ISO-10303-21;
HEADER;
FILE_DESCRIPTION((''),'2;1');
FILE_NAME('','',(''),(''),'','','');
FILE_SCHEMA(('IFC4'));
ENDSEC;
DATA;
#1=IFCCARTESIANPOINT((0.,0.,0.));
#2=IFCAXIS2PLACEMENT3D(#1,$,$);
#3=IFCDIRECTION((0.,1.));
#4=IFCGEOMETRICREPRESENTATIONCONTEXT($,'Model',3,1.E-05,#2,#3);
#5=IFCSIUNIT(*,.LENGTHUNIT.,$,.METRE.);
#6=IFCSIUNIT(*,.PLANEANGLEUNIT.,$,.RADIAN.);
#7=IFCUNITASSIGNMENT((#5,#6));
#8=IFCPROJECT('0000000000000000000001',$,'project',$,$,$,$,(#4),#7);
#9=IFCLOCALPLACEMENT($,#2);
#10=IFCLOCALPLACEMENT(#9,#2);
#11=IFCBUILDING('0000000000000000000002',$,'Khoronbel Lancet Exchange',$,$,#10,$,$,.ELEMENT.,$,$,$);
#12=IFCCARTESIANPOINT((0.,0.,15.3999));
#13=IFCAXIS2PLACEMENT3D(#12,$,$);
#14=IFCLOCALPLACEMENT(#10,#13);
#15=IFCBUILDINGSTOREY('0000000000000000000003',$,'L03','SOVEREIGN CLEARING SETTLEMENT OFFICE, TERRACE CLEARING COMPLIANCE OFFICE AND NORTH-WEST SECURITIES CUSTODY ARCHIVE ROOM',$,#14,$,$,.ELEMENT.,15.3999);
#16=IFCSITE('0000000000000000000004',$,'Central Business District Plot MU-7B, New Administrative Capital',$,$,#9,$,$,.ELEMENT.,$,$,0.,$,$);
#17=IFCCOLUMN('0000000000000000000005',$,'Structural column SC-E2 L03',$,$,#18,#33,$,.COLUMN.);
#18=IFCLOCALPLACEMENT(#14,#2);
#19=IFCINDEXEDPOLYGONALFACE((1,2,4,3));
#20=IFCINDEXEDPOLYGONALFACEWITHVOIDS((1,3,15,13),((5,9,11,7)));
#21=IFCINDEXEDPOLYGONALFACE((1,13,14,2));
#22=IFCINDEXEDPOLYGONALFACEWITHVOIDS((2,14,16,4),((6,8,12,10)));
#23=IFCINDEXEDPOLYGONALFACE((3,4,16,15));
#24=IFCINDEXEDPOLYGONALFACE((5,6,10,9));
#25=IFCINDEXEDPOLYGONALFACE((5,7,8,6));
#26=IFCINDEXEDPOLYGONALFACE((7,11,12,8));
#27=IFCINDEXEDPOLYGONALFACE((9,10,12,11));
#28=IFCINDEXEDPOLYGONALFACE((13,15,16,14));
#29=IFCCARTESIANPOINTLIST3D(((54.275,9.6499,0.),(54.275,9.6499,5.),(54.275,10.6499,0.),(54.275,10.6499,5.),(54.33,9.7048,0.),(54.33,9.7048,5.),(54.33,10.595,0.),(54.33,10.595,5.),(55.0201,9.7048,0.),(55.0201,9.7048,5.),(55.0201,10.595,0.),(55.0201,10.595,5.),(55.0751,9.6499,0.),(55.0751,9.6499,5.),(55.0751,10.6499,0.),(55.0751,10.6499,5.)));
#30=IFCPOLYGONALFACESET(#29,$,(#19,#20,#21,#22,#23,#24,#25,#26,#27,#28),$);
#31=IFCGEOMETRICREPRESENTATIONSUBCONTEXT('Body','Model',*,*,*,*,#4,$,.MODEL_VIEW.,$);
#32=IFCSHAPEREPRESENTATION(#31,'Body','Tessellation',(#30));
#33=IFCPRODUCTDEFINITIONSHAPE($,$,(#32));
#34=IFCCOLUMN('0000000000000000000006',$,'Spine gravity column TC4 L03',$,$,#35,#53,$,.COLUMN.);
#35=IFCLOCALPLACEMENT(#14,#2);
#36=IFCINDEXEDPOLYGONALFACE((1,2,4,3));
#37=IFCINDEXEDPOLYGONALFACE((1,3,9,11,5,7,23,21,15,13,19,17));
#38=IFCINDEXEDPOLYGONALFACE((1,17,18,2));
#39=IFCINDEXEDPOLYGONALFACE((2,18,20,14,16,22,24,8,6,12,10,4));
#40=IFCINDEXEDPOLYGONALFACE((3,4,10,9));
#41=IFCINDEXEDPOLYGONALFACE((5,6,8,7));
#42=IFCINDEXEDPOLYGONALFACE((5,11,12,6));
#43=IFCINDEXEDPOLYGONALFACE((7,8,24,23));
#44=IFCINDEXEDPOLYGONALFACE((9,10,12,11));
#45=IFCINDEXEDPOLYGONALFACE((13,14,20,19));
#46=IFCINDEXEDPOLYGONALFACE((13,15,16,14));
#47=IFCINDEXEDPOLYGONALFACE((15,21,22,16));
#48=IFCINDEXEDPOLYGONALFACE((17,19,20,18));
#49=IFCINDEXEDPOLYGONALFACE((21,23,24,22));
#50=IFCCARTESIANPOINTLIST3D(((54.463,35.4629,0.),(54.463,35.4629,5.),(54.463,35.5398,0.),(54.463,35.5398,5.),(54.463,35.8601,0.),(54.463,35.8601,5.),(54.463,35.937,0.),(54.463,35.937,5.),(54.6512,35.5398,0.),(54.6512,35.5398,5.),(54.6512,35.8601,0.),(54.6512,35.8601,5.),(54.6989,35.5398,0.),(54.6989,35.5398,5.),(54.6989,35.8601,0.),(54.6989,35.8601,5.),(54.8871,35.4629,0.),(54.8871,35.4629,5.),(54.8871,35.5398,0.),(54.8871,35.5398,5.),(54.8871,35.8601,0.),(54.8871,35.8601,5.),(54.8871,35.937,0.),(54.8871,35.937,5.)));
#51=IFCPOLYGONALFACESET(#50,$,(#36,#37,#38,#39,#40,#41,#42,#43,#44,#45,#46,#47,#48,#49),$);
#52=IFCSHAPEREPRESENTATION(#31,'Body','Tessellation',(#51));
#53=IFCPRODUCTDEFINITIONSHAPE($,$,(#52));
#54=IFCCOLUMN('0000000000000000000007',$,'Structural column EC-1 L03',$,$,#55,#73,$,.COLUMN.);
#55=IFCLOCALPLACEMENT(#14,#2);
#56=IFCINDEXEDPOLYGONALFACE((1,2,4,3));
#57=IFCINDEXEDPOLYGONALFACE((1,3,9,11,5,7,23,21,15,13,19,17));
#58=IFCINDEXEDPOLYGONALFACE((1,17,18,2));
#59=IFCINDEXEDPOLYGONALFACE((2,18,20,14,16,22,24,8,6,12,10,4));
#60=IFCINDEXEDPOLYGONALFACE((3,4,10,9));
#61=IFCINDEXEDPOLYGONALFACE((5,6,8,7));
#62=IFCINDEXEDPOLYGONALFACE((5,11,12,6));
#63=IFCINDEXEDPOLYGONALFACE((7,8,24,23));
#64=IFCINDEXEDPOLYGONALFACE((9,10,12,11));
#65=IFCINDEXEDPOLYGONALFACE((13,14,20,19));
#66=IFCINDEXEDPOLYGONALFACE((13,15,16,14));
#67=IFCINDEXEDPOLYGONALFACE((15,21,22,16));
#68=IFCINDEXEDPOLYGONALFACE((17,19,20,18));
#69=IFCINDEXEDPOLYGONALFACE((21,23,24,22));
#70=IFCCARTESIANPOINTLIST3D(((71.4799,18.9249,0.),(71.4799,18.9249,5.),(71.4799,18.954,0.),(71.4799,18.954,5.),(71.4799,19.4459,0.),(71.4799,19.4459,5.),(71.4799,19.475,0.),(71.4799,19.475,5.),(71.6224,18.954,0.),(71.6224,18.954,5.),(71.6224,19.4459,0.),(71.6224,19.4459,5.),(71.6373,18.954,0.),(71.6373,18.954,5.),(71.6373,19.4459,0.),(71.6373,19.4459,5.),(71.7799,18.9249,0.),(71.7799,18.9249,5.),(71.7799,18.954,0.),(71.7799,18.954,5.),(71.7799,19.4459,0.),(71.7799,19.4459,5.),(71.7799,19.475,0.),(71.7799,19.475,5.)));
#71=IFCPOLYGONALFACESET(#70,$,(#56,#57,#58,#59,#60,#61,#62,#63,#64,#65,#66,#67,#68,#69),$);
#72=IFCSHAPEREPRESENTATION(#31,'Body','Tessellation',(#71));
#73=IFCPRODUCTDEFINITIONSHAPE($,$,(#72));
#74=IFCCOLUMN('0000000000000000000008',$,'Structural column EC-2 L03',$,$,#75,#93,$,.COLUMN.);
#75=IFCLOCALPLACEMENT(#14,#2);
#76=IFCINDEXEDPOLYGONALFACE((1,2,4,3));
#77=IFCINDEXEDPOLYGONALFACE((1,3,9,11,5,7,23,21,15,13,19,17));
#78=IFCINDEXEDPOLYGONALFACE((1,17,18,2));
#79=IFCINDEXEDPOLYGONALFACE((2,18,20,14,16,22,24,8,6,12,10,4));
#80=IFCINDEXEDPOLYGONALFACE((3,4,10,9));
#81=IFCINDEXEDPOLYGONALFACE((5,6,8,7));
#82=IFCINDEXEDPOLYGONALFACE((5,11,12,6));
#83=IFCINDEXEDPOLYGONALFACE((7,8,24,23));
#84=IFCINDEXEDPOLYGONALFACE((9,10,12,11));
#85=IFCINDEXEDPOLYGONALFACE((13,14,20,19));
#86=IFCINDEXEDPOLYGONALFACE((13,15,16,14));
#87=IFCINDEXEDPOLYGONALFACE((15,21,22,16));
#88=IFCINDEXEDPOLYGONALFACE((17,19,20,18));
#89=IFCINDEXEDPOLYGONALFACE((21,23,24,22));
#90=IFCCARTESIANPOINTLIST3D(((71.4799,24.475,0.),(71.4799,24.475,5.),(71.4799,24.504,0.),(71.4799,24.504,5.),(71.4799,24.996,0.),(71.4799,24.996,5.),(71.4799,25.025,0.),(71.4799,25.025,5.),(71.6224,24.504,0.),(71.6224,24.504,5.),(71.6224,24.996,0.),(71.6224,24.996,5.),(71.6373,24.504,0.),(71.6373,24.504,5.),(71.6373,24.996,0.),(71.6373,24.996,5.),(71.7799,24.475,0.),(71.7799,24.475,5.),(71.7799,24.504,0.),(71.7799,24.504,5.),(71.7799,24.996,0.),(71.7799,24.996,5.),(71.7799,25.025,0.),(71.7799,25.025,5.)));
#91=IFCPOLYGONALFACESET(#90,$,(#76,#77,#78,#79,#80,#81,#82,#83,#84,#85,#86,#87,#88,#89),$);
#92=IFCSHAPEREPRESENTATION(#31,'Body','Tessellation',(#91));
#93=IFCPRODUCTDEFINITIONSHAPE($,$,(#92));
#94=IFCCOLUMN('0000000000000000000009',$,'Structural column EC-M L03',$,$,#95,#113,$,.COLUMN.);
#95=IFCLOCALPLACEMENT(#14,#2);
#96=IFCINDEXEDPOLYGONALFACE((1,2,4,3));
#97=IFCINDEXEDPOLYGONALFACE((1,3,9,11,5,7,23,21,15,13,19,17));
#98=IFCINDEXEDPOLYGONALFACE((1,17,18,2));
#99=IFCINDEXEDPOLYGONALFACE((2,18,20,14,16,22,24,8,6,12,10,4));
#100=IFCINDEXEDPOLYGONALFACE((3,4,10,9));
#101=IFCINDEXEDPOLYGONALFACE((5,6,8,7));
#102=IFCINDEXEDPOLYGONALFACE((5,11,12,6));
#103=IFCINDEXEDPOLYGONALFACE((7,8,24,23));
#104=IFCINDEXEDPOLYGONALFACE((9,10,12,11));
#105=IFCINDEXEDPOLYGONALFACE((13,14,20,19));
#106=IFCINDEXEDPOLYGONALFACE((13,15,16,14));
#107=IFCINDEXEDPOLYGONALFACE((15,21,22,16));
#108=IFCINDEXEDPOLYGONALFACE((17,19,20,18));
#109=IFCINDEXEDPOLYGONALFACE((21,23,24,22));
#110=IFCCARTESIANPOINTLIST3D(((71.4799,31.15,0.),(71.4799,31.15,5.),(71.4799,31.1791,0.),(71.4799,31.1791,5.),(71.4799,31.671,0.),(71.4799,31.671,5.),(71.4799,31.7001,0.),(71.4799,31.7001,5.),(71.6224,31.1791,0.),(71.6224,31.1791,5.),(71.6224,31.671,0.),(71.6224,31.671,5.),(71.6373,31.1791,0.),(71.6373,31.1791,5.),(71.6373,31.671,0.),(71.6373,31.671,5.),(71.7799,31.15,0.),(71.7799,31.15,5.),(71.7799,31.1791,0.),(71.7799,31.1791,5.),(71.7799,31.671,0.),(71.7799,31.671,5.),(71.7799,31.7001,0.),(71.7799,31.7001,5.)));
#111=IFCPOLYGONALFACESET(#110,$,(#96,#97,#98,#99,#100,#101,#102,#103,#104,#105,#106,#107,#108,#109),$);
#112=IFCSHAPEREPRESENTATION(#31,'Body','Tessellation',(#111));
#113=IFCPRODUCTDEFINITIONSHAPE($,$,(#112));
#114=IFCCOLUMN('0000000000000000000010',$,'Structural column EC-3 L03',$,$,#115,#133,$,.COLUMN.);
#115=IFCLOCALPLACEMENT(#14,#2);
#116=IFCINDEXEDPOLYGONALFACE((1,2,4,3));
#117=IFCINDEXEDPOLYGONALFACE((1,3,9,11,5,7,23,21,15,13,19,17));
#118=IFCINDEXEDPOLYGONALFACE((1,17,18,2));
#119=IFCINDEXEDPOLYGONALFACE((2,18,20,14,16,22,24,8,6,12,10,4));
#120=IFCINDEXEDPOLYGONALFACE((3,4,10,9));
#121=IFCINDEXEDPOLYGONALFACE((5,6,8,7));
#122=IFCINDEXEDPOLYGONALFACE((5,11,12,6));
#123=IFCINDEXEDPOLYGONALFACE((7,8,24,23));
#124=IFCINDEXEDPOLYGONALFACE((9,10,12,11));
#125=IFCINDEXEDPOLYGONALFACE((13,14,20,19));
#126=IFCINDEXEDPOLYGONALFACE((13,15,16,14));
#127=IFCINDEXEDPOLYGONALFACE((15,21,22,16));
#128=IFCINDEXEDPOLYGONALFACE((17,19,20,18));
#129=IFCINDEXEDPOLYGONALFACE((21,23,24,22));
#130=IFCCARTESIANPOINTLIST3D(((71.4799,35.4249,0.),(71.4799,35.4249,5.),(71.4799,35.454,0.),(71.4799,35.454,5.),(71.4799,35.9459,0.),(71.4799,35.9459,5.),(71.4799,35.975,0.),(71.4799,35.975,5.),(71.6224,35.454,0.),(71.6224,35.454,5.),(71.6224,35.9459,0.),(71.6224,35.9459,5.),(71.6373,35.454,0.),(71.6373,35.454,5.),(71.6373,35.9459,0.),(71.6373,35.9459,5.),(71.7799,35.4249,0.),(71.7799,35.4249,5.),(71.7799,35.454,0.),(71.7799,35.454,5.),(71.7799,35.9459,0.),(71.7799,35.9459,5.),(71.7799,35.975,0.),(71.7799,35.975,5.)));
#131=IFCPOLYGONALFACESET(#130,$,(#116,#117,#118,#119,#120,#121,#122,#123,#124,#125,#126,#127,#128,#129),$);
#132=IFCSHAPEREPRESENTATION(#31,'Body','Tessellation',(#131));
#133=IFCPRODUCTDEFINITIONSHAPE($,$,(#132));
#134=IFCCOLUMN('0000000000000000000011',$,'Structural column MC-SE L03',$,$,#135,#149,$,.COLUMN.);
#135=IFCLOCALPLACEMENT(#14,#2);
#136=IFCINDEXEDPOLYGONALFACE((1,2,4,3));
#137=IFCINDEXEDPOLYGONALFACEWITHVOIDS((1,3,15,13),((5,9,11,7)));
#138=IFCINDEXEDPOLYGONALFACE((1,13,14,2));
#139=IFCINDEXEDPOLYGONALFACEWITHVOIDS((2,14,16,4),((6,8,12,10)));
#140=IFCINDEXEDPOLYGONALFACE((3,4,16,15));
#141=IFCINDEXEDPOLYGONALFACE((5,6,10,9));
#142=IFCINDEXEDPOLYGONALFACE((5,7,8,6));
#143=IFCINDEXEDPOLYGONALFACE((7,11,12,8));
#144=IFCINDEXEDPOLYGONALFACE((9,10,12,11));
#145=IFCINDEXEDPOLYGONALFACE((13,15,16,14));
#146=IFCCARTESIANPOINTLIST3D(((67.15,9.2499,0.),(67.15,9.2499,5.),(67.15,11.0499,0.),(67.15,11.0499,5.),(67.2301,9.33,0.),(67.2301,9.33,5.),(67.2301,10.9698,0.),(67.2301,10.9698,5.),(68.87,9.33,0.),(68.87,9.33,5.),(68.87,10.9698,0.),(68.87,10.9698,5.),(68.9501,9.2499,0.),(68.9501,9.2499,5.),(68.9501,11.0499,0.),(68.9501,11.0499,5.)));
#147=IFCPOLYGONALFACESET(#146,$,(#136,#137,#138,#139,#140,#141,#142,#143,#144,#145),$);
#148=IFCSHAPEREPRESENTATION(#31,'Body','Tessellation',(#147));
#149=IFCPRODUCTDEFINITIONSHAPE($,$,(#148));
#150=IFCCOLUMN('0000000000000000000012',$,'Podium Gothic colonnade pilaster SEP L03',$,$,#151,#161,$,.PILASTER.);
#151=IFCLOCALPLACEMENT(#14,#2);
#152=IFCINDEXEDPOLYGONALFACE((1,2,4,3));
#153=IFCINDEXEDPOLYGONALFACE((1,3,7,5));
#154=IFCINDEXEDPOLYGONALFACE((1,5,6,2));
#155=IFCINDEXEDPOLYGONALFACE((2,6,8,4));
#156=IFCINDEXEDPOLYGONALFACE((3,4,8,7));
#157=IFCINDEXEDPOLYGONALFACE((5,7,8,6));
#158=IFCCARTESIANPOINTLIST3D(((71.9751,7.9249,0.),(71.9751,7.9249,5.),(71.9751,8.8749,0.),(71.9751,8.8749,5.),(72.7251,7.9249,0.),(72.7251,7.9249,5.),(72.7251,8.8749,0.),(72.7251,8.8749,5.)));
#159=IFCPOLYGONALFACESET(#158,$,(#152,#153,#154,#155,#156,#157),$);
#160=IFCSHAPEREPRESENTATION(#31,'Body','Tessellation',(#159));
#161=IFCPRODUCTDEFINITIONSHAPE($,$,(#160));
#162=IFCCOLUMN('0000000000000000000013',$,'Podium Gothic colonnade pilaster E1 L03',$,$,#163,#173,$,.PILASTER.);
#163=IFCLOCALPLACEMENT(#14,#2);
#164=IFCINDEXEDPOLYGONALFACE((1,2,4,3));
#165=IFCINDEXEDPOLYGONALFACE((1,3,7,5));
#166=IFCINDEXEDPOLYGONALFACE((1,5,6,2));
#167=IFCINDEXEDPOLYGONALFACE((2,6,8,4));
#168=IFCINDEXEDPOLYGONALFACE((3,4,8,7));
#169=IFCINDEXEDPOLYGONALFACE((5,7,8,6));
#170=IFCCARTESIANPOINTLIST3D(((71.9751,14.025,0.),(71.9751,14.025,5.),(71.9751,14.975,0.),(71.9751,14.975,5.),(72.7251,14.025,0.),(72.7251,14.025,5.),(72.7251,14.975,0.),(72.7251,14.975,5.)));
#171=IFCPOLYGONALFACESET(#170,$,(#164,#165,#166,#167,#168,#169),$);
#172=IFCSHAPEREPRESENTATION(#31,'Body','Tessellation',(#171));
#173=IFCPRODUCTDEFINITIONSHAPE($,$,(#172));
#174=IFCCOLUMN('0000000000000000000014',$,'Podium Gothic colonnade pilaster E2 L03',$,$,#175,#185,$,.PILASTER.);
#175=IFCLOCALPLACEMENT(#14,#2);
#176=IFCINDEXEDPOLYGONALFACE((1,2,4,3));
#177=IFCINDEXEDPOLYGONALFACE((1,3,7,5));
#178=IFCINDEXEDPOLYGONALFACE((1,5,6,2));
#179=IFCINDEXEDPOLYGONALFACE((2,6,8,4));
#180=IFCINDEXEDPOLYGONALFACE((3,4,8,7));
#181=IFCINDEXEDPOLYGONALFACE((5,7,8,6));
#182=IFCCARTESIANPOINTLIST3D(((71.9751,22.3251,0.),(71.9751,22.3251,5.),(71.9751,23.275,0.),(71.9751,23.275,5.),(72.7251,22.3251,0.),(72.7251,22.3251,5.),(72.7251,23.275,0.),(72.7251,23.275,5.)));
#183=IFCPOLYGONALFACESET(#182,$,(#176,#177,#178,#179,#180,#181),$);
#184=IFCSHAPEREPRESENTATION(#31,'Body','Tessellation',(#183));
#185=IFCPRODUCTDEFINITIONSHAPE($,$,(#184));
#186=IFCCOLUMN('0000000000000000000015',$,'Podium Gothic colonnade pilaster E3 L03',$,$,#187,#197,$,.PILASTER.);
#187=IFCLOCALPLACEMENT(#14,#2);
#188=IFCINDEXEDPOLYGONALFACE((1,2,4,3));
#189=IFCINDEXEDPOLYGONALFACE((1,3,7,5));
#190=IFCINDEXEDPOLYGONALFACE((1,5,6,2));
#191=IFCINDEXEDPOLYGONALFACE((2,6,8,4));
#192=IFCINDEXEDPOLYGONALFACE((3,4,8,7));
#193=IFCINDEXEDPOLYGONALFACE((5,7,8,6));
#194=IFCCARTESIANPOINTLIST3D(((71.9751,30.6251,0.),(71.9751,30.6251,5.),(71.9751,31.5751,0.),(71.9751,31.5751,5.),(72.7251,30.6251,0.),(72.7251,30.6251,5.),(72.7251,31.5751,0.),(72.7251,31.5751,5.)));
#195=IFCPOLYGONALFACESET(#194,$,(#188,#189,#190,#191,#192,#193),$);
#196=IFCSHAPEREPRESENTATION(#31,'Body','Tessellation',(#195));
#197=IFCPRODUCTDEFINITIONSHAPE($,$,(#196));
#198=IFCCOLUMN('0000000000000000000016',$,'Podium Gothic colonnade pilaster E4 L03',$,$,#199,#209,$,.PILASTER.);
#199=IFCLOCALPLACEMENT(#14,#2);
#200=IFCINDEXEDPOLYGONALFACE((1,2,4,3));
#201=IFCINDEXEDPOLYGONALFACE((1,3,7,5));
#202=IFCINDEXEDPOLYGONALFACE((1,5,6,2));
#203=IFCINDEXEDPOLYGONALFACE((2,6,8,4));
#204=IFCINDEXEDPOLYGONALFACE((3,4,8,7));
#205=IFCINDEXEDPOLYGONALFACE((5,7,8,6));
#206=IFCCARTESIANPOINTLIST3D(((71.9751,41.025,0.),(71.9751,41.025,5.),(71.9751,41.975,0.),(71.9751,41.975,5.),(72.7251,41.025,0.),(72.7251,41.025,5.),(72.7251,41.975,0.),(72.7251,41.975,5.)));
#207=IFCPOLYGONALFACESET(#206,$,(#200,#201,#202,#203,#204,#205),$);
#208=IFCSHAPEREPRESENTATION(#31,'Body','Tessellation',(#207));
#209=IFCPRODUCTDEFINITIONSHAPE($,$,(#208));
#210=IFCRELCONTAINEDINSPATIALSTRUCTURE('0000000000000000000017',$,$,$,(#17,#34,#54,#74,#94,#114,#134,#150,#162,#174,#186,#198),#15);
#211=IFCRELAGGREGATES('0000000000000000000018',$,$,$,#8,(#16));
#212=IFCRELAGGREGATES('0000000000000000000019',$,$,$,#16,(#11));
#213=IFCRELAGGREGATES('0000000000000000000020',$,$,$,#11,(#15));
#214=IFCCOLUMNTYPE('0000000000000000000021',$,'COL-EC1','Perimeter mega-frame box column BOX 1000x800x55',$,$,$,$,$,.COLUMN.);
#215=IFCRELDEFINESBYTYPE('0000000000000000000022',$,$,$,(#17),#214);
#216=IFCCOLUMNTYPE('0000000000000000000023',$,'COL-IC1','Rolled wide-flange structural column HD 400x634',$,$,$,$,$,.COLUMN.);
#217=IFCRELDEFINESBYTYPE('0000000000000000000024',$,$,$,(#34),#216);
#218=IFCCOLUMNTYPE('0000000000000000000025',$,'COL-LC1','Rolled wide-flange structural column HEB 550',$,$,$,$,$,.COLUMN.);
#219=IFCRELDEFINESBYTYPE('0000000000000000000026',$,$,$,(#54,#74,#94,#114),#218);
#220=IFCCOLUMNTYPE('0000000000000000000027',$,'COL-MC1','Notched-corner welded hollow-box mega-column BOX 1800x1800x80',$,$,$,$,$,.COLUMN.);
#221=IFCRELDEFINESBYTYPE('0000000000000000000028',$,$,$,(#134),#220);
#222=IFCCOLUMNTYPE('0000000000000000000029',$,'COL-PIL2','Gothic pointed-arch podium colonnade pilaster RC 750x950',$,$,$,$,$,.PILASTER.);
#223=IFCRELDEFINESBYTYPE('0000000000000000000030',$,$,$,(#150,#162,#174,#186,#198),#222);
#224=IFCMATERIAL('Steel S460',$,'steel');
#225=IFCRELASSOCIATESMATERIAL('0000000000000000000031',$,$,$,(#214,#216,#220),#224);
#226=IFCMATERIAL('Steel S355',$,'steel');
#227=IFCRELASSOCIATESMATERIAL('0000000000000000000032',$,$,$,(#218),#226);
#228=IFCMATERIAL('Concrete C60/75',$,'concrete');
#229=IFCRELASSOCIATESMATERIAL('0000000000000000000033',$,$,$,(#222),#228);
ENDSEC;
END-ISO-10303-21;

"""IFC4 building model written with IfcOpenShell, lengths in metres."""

from ifc_helpers import new_model, si_unit, direction, frame, origin, origin_2d, place, context, subcontext, project, spatial, rectangle, hollow_rectangle, i_section, extrude, material, material_profile, profile_set, type_object, element, save


model = new_model("IFC4")

# Units and contexts
model_context = context("Model", 3, precision=1e-05, world=origin(), true_north=direction((0.0, 1.0)))
body_context = subcontext(model_context, "Body", "Model", "MODEL_VIEW")
ifc_project = project(units=[si_unit("LENGTHUNIT", "METRE"), si_unit("PLANEANGLEUNIT", "RADIAN")], contexts=[model_context])

# Site, building, storey
site_placement = place(None, origin())
site = spatial("IfcSite", under=ifc_project, at=site_placement, Name="Central Business District Plot MU-7B, New Administrative Capital", CompositionType="ELEMENT", RefElevation=0.0)
building_placement = place(site_placement, origin())
building = spatial("IfcBuilding", under=site, at=building_placement, Name="Khoronbel Lancet Exchange", CompositionType="ELEMENT")
storey_placement = place(building_placement, frame((0.0, 0.0, 15.3999)))
storey = spatial("IfcBuildingStorey", under=building, at=storey_placement, Name="L03", Description="SOVEREIGN CLEARING SETTLEMENT OFFICE, TERRACE CLEARING COMPLIANCE OFFICE AND NORTH-WEST SECURITIES CUSTODY ARCHIVE ROOM", CompositionType="ELEMENT", Elevation=15.3999)

# Columns
ifc_material_1 = material(Name="Steel S460", Category="steel")
ifc_material_profile_1 = material_profile(ifc_material_1, hollow_rectangle(XDim=0.8, YDim=1.0, WallThickness=0.0549, at=origin_2d()), Name="BOX 1000x800x55")
ifc_profile_set_1 = profile_set([ifc_material_profile_1], Name="Steel S460")
column_type_1 = type_object("IfcColumnType", Name="COL-EC1", Description="Perimeter mega-frame box column BOX 1000x800x55", PredefinedType="COLUMN", material=ifc_profile_set_1)
column_1_placement = place(storey_placement, frame((54.675, 10.1499, 0.0), z_axis=(0.0, 0.0, 1.0), x_axis=(1.0, 0.0, 0.0)))
element("IfcColumn", 1, at=column_1_placement, inside=storey, type_object=column_type_1, Name="Structural column SC-E2 L03", PredefinedType="COLUMN", context=body_context, shape_type="SweptSolid", body=[
    extrude(hollow_rectangle(XDim=0.8, YDim=1.0, WallThickness=0.0549, at=origin_2d()), origin(), (0.0, 0.0, 1.0), 5.0),
])
ifc_material_profile_2 = material_profile(ifc_material_1, i_section(OverallWidth=0.4241, OverallDepth=0.4741, WebThickness=0.0476, FlangeThickness=0.0769, at=origin_2d()), Name="HD 400x634")
ifc_profile_set_2 = profile_set([ifc_material_profile_2], Name="Steel S460")
column_type_2 = type_object("IfcColumnType", Name="COL-IC1", Description="Rolled wide-flange structural column HD 400x634", PredefinedType="COLUMN", material=ifc_profile_set_2)
column_2_placement = place(storey_placement, frame((54.675, 35.7, 0.0), z_axis=(0.0, 0.0, 1.0), x_axis=(1.0, 0.0, 0.0)))
element("IfcColumn", 2, at=column_2_placement, inside=storey, type_object=column_type_2, Name="Spine gravity column TC4 L03", PredefinedType="COLUMN", context=body_context, shape_type="SweptSolid", body=[
    extrude(i_section(OverallWidth=0.4241, OverallDepth=0.4741, WebThickness=0.0476, FlangeThickness=0.0769, at=origin_2d()), origin(), (0.0, 0.0, 1.0), 5.0),
])
ifc_material_2 = material(Name="Steel S355", Category="steel")
ifc_material_profile_3 = material_profile(ifc_material_2, i_section(OverallWidth=0.3, OverallDepth=0.55, WebThickness=0.0149, FlangeThickness=0.0291, at=origin_2d()), Name="HEB 550")
ifc_profile_set_3 = profile_set([ifc_material_profile_3], Name="Steel S355")
column_type_3 = type_object("IfcColumnType", Name="COL-LC1", Description="Rolled wide-flange structural column HEB 550", PredefinedType="COLUMN", material=ifc_profile_set_3)
for number, where, z_axis, x_axis, name in (
    (3, (71.6299, 19.2, 0.0), (0.0, 0.0, 1.0), (1.0, 0.0, 0.0), "Structural column EC-1 L03"),
    (4, (71.6299, 24.75, 0.0), (0.0, 0.0, 1.0), (1.0, 0.0, 0.0), "Structural column EC-2 L03"),
    (5, (71.6299, 31.425, 0.0), (0.0, 0.0, 1.0), (1.0, 0.0, 0.0), "Structural column EC-M L03"),
    (6, (71.6299, 35.7, 0.0), (0.0, 0.0, 1.0), (1.0, 0.0, 0.0), "Structural column EC-3 L03"),
):
    element("IfcColumn", number, at=place(storey_placement, frame(where, z_axis=z_axis, x_axis=x_axis)), inside=storey, type_object=column_type_3, Name=name, PredefinedType="COLUMN", context=body_context, shape_type="SweptSolid", body=[
        extrude(i_section(OverallWidth=0.3, OverallDepth=0.55, WebThickness=0.0149, FlangeThickness=0.0291, at=origin_2d()), origin(), (0.0, 0.0, 1.0), 5.0),
    ])
ifc_material_profile_4 = material_profile(ifc_material_1, hollow_rectangle(XDim=1.8, YDim=1.8, WallThickness=0.0801, at=origin_2d()), Name="BOX 1800x1800x80")
ifc_profile_set_4 = profile_set([ifc_material_profile_4], Name="Steel S460")
column_type_4 = type_object("IfcColumnType", Name="COL-MC1", Description="Notched-corner welded hollow-box mega-column BOX 1800x1800x80", PredefinedType="COLUMN", material=ifc_profile_set_4)
column_3_placement = place(storey_placement, frame((68.05, 10.1499, 0.0), z_axis=(0.0, 0.0, 1.0), x_axis=(1.0, 0.0, 0.0)))
element("IfcColumn", 7, at=column_3_placement, inside=storey, type_object=column_type_4, Name="Structural column MC-SE L03", PredefinedType="COLUMN", context=body_context, shape_type="SweptSolid", body=[
    extrude(hollow_rectangle(XDim=1.8, YDim=1.8, WallThickness=0.0801, at=origin_2d()), origin(), (0.0, 0.0, 1.0), 5.0),
])
ifc_material_3 = material(Name="Concrete C60/75", Category="concrete")
ifc_material_profile_5 = material_profile(ifc_material_3, rectangle(XDim=0.75, YDim=0.95, at=origin_2d()), Name="RC 750x950")
ifc_profile_set_5 = profile_set([ifc_material_profile_5], Name="Concrete C60/75")
column_type_5 = type_object("IfcColumnType", Name="COL-PIL2", Description="Gothic pointed-arch podium colonnade pilaster RC 750x950", PredefinedType="PILASTER", material=ifc_profile_set_5)
for number, where, z_axis, x_axis, name in (
    (8, (72.3501, 8.3999, 0.0), (0.0, 0.0, 1.0), (1.0, 0.0, 0.0), "Podium Gothic colonnade pilaster SEP L03"),
    (9, (72.3501, 14.5, 0.0), (0.0, 0.0, 1.0), (1.0, 0.0, 0.0), "Podium Gothic colonnade pilaster E1 L03"),
    (10, (72.3501, 22.8, 0.0), (0.0, 0.0, 1.0), (1.0, 0.0, 0.0), "Podium Gothic colonnade pilaster E2 L03"),
    (11, (72.3501, 31.1001, 0.0), (0.0, 0.0, 1.0), (1.0, 0.0, 0.0), "Podium Gothic colonnade pilaster E3 L03"),
    (12, (72.3501, 41.5, 0.0), (0.0, 0.0, 1.0), (1.0, 0.0, 0.0), "Podium Gothic colonnade pilaster E4 L03"),
):
    element("IfcColumn", number, at=place(storey_placement, frame(where, z_axis=z_axis, x_axis=x_axis)), inside=storey, type_object=column_type_5, Name=name, PredefinedType="PILASTER", context=body_context, shape_type="SweptSolid", body=[
        extrude(rectangle(XDim=0.75, YDim=0.95, at=origin_2d()), origin(), (0.0, 0.0, 1.0), 5.0),
    ])

save(model, "model.ifc")
